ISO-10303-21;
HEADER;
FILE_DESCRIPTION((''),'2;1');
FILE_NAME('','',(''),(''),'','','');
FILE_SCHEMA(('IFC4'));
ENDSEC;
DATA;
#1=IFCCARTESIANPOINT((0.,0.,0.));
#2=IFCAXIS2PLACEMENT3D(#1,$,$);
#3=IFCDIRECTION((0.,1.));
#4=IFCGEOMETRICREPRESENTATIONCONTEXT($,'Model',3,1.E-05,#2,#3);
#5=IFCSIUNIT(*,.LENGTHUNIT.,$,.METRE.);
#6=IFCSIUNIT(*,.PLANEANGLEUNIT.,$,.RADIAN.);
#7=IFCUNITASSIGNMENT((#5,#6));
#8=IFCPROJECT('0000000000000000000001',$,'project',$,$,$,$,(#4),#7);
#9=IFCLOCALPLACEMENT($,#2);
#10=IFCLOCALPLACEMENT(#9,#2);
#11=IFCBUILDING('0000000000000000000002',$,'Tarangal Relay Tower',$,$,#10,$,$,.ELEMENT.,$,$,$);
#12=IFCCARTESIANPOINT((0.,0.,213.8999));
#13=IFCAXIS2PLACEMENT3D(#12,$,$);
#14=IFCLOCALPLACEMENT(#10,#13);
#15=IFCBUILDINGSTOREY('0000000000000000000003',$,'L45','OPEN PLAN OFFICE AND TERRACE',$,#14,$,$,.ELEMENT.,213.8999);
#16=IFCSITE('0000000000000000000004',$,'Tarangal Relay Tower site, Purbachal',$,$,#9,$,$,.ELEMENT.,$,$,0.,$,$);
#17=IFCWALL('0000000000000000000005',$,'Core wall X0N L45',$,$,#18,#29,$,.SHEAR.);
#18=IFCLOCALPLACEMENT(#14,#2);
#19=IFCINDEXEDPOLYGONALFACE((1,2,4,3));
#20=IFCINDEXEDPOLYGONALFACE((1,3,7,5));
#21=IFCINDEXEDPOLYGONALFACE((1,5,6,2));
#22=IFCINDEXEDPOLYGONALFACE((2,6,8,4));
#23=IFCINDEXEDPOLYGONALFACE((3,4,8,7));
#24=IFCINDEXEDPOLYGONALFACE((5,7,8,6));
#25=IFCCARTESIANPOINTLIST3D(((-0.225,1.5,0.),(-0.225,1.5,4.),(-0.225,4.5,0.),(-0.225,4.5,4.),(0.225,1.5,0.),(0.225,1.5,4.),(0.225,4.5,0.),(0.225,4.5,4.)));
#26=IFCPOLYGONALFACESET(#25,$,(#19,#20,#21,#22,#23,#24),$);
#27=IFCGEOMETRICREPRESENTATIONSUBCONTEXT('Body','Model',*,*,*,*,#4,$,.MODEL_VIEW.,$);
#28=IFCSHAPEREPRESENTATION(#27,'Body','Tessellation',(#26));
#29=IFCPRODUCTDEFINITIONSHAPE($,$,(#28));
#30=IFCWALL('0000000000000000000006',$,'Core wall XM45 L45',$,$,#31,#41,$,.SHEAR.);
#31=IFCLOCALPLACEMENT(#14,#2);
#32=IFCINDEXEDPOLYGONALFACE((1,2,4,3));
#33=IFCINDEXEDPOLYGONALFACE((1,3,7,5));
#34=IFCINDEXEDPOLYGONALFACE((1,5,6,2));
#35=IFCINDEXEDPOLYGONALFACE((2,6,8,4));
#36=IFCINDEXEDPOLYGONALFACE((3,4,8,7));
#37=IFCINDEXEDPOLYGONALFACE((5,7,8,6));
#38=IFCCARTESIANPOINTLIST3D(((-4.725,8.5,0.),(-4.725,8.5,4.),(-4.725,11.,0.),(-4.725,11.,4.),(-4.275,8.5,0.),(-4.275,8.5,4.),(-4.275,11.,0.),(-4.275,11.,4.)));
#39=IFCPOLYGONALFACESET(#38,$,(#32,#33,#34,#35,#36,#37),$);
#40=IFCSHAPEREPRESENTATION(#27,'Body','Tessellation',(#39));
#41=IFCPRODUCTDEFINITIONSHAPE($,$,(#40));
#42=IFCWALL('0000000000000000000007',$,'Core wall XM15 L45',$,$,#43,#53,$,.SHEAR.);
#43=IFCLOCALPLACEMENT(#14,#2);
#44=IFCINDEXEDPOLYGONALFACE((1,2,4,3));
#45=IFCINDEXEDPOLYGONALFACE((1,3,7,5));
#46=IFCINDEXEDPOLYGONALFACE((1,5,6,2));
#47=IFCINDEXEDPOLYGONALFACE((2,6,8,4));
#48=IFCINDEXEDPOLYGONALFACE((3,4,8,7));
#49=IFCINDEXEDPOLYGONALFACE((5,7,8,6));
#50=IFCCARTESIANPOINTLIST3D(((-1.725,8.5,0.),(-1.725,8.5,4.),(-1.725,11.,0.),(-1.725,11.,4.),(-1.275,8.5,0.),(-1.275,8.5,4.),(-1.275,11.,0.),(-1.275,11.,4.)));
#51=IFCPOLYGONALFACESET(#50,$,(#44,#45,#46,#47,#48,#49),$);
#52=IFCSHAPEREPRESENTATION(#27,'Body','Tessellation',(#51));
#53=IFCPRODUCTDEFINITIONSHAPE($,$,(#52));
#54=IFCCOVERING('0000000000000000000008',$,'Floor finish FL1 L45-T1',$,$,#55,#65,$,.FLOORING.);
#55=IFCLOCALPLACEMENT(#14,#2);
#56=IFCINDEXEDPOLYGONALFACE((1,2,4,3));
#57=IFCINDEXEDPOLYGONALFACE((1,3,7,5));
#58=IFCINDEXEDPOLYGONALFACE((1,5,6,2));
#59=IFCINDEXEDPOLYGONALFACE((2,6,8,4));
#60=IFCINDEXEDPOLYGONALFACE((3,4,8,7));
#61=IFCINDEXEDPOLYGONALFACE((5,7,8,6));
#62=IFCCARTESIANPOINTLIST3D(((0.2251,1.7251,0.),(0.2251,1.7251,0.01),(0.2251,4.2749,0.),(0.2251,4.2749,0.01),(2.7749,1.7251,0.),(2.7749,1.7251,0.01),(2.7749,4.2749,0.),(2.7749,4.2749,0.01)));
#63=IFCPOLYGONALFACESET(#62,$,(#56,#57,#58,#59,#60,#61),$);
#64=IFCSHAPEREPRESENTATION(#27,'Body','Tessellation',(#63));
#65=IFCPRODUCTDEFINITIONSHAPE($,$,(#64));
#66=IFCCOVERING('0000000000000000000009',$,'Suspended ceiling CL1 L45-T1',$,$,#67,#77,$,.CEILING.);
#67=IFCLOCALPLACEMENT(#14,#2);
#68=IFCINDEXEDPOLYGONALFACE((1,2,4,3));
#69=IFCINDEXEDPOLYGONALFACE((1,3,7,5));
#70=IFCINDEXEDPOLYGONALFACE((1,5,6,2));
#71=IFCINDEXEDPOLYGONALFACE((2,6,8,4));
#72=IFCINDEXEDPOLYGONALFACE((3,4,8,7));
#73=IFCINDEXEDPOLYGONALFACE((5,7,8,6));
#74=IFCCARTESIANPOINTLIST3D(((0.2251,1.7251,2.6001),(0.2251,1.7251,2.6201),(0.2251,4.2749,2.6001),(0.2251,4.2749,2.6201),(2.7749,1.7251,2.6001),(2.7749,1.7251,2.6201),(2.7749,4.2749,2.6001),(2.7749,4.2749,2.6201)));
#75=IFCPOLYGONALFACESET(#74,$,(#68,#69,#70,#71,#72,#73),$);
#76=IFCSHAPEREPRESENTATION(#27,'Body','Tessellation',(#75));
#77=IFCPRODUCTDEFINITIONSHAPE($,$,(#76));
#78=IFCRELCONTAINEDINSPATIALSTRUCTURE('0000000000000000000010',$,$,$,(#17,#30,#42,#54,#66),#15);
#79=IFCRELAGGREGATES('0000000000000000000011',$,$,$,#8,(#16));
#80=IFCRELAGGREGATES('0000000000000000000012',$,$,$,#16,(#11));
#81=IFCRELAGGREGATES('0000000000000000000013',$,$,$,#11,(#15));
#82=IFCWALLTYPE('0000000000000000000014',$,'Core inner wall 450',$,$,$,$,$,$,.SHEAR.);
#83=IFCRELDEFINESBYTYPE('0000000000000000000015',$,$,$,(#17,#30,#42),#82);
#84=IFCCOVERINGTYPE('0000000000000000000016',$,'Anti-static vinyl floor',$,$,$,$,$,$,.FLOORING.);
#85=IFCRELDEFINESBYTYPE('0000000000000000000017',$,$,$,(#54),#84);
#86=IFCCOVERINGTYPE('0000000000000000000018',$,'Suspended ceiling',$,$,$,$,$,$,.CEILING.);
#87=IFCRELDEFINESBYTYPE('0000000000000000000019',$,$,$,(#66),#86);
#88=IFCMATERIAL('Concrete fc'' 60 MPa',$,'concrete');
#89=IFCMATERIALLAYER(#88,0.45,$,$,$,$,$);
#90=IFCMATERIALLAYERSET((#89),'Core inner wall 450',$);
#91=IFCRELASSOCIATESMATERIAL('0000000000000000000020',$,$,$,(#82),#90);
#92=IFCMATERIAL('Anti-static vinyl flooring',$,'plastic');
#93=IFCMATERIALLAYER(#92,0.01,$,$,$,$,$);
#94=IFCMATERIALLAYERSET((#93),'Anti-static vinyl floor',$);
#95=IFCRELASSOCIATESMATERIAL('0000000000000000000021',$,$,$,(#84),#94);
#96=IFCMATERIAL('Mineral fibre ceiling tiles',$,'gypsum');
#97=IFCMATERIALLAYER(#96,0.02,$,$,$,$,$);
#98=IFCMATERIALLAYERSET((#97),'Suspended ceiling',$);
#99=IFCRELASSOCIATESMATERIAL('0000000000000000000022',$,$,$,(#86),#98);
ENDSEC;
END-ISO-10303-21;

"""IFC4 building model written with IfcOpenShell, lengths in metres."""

from ifc_helpers import new_model, si_unit, direction, frame, frame_2d, origin, place, context, subcontext, project, spatial, polyline, rectangle, outline, extrude, material, layer, layer_set, type_object, element, save


model = new_model("IFC4")

# Units and contexts
model_context = context("Model", 3, precision=1e-05, world=origin(), true_north=direction((0.0, 1.0)))
body_context = subcontext(model_context, "Body", "Model", "MODEL_VIEW")
ifc_project = project(units=[si_unit("LENGTHUNIT", "METRE"), si_unit("PLANEANGLEUNIT", "RADIAN")], contexts=[model_context])

# Site, building, storey
site_placement = place(None, origin())
site = spatial("IfcSite", under=ifc_project, at=site_placement, Name="Tarangal Relay Tower site, Purbachal", CompositionType="ELEMENT", RefElevation=0.0)
building_placement = place(site_placement, origin())
building = spatial("IfcBuilding", under=site, at=building_placement, Name="Tarangal Relay Tower", CompositionType="ELEMENT")
storey_placement = place(building_placement, frame((0.0, 0.0, 213.8999)))
storey = spatial("IfcBuildingStorey", under=building, at=storey_placement, Name="L45", Description="OPEN PLAN OFFICE AND TERRACE", CompositionType="ELEMENT", Elevation=213.8999)

# Shared definitions
ifc_material_1 = material(Name="Concrete fc' 60 MPa", Category="concrete")
ifc_layer_1 = layer(ifc_material_1, 0.45)
ifc_layer_set_1 = layer_set([ifc_layer_1], Name="Core inner wall 450")
wall_type = type_object("IfcWallType", Name="Core inner wall 450", PredefinedType="SHEAR", material=ifc_layer_set_1)

# Walls
for number, where, z_axis, x_axis, name in (
    (1, (0.0, 1.5, 0.0), (0.0, 0.0, 1.0), (0.0, 1.0, 0.0), "Core wall X0N L45"),
):
    element("IfcWall", number, at=place(storey_placement, frame(where, z_axis=z_axis, x_axis=x_axis)), inside=storey, type_object=wall_type, Name=name, PredefinedType="SHEAR", context=body_context, shape_type="SweptSolid", body=[
        extrude(rectangle(XDim=3.0, YDim=0.45, at=frame_2d((1.5, 0.0))), origin(), (0.0, 0.0, 1.0), 4.0),
    ])
for number, where, z_axis, x_axis, name in (
    (2, (-4.5, 8.5, 0.0), (0.0, 0.0, 1.0), (0.0, 1.0, 0.0), "Core wall XM45 L45"),
    (3, (-1.5, 8.5, 0.0), (0.0, 0.0, 1.0), (0.0, 1.0, 0.0), "Core wall XM15 L45"),
):
    element("IfcWall", number, at=place(storey_placement, frame(where, z_axis=z_axis, x_axis=x_axis)), inside=storey, type_object=wall_type, Name=name, PredefinedType="SHEAR", context=body_context, shape_type="SweptSolid", body=[
        extrude(rectangle(XDim=2.5, YDim=0.45, at=frame_2d((1.25, 0.0))), origin(), (0.0, 0.0, 1.0), 4.0),
    ])

# Coverings
ifc_material_2 = material(Name="Anti-static vinyl flooring", Category="plastic")
ifc_layer_2 = layer(ifc_material_2, 0.01)
ifc_layer_set_2 = layer_set([ifc_layer_2], Name="Anti-static vinyl floor")
covering_type_1 = type_object("IfcCoveringType", Name="Anti-static vinyl floor", PredefinedType="FLOORING", material=ifc_layer_set_2)
covering_1_placement = place(storey_placement, origin())
element("IfcCovering", 4, at=covering_1_placement, inside=storey, type_object=covering_type_1, Name="Floor finish FL1 L45-T1", PredefinedType="FLOORING", context=body_context, shape_type="SweptSolid", body=[
    extrude(outline(polyline([(0.2251, 1.7251), (2.7749, 1.7251), (2.7749, 4.2749), (0.2251, 4.2749), (0.2251, 1.7251)])), origin(), (0.0, 0.0, 1.0), 0.01),
])
ifc_material_3 = material(Name="Mineral fibre ceiling tiles", Category="gypsum")
ifc_layer_3 = layer(ifc_material_3, 0.02)
ifc_layer_set_3 = layer_set([ifc_layer_3], Name="Suspended ceiling")
covering_type_2 = type_object("IfcCoveringType", Name="Suspended ceiling", PredefinedType="CEILING", material=ifc_layer_set_3)
covering_2_placement = place(storey_placement, frame((0.0, 0.0, 2.6001)))
element("IfcCovering", 5, at=covering_2_placement, inside=storey, type_object=covering_type_2, Name="Suspended ceiling CL1 L45-T1", PredefinedType="CEILING", context=body_context, shape_type="SweptSolid", body=[
    extrude(outline(polyline([(0.2251, 1.7251), (2.7749, 1.7251), (2.7749, 4.2749), (0.2251, 4.2749), (0.2251, 1.7251)])), origin(), (0.0, 0.0, 1.0), 0.02),
])

save(model, "model.ifc")
